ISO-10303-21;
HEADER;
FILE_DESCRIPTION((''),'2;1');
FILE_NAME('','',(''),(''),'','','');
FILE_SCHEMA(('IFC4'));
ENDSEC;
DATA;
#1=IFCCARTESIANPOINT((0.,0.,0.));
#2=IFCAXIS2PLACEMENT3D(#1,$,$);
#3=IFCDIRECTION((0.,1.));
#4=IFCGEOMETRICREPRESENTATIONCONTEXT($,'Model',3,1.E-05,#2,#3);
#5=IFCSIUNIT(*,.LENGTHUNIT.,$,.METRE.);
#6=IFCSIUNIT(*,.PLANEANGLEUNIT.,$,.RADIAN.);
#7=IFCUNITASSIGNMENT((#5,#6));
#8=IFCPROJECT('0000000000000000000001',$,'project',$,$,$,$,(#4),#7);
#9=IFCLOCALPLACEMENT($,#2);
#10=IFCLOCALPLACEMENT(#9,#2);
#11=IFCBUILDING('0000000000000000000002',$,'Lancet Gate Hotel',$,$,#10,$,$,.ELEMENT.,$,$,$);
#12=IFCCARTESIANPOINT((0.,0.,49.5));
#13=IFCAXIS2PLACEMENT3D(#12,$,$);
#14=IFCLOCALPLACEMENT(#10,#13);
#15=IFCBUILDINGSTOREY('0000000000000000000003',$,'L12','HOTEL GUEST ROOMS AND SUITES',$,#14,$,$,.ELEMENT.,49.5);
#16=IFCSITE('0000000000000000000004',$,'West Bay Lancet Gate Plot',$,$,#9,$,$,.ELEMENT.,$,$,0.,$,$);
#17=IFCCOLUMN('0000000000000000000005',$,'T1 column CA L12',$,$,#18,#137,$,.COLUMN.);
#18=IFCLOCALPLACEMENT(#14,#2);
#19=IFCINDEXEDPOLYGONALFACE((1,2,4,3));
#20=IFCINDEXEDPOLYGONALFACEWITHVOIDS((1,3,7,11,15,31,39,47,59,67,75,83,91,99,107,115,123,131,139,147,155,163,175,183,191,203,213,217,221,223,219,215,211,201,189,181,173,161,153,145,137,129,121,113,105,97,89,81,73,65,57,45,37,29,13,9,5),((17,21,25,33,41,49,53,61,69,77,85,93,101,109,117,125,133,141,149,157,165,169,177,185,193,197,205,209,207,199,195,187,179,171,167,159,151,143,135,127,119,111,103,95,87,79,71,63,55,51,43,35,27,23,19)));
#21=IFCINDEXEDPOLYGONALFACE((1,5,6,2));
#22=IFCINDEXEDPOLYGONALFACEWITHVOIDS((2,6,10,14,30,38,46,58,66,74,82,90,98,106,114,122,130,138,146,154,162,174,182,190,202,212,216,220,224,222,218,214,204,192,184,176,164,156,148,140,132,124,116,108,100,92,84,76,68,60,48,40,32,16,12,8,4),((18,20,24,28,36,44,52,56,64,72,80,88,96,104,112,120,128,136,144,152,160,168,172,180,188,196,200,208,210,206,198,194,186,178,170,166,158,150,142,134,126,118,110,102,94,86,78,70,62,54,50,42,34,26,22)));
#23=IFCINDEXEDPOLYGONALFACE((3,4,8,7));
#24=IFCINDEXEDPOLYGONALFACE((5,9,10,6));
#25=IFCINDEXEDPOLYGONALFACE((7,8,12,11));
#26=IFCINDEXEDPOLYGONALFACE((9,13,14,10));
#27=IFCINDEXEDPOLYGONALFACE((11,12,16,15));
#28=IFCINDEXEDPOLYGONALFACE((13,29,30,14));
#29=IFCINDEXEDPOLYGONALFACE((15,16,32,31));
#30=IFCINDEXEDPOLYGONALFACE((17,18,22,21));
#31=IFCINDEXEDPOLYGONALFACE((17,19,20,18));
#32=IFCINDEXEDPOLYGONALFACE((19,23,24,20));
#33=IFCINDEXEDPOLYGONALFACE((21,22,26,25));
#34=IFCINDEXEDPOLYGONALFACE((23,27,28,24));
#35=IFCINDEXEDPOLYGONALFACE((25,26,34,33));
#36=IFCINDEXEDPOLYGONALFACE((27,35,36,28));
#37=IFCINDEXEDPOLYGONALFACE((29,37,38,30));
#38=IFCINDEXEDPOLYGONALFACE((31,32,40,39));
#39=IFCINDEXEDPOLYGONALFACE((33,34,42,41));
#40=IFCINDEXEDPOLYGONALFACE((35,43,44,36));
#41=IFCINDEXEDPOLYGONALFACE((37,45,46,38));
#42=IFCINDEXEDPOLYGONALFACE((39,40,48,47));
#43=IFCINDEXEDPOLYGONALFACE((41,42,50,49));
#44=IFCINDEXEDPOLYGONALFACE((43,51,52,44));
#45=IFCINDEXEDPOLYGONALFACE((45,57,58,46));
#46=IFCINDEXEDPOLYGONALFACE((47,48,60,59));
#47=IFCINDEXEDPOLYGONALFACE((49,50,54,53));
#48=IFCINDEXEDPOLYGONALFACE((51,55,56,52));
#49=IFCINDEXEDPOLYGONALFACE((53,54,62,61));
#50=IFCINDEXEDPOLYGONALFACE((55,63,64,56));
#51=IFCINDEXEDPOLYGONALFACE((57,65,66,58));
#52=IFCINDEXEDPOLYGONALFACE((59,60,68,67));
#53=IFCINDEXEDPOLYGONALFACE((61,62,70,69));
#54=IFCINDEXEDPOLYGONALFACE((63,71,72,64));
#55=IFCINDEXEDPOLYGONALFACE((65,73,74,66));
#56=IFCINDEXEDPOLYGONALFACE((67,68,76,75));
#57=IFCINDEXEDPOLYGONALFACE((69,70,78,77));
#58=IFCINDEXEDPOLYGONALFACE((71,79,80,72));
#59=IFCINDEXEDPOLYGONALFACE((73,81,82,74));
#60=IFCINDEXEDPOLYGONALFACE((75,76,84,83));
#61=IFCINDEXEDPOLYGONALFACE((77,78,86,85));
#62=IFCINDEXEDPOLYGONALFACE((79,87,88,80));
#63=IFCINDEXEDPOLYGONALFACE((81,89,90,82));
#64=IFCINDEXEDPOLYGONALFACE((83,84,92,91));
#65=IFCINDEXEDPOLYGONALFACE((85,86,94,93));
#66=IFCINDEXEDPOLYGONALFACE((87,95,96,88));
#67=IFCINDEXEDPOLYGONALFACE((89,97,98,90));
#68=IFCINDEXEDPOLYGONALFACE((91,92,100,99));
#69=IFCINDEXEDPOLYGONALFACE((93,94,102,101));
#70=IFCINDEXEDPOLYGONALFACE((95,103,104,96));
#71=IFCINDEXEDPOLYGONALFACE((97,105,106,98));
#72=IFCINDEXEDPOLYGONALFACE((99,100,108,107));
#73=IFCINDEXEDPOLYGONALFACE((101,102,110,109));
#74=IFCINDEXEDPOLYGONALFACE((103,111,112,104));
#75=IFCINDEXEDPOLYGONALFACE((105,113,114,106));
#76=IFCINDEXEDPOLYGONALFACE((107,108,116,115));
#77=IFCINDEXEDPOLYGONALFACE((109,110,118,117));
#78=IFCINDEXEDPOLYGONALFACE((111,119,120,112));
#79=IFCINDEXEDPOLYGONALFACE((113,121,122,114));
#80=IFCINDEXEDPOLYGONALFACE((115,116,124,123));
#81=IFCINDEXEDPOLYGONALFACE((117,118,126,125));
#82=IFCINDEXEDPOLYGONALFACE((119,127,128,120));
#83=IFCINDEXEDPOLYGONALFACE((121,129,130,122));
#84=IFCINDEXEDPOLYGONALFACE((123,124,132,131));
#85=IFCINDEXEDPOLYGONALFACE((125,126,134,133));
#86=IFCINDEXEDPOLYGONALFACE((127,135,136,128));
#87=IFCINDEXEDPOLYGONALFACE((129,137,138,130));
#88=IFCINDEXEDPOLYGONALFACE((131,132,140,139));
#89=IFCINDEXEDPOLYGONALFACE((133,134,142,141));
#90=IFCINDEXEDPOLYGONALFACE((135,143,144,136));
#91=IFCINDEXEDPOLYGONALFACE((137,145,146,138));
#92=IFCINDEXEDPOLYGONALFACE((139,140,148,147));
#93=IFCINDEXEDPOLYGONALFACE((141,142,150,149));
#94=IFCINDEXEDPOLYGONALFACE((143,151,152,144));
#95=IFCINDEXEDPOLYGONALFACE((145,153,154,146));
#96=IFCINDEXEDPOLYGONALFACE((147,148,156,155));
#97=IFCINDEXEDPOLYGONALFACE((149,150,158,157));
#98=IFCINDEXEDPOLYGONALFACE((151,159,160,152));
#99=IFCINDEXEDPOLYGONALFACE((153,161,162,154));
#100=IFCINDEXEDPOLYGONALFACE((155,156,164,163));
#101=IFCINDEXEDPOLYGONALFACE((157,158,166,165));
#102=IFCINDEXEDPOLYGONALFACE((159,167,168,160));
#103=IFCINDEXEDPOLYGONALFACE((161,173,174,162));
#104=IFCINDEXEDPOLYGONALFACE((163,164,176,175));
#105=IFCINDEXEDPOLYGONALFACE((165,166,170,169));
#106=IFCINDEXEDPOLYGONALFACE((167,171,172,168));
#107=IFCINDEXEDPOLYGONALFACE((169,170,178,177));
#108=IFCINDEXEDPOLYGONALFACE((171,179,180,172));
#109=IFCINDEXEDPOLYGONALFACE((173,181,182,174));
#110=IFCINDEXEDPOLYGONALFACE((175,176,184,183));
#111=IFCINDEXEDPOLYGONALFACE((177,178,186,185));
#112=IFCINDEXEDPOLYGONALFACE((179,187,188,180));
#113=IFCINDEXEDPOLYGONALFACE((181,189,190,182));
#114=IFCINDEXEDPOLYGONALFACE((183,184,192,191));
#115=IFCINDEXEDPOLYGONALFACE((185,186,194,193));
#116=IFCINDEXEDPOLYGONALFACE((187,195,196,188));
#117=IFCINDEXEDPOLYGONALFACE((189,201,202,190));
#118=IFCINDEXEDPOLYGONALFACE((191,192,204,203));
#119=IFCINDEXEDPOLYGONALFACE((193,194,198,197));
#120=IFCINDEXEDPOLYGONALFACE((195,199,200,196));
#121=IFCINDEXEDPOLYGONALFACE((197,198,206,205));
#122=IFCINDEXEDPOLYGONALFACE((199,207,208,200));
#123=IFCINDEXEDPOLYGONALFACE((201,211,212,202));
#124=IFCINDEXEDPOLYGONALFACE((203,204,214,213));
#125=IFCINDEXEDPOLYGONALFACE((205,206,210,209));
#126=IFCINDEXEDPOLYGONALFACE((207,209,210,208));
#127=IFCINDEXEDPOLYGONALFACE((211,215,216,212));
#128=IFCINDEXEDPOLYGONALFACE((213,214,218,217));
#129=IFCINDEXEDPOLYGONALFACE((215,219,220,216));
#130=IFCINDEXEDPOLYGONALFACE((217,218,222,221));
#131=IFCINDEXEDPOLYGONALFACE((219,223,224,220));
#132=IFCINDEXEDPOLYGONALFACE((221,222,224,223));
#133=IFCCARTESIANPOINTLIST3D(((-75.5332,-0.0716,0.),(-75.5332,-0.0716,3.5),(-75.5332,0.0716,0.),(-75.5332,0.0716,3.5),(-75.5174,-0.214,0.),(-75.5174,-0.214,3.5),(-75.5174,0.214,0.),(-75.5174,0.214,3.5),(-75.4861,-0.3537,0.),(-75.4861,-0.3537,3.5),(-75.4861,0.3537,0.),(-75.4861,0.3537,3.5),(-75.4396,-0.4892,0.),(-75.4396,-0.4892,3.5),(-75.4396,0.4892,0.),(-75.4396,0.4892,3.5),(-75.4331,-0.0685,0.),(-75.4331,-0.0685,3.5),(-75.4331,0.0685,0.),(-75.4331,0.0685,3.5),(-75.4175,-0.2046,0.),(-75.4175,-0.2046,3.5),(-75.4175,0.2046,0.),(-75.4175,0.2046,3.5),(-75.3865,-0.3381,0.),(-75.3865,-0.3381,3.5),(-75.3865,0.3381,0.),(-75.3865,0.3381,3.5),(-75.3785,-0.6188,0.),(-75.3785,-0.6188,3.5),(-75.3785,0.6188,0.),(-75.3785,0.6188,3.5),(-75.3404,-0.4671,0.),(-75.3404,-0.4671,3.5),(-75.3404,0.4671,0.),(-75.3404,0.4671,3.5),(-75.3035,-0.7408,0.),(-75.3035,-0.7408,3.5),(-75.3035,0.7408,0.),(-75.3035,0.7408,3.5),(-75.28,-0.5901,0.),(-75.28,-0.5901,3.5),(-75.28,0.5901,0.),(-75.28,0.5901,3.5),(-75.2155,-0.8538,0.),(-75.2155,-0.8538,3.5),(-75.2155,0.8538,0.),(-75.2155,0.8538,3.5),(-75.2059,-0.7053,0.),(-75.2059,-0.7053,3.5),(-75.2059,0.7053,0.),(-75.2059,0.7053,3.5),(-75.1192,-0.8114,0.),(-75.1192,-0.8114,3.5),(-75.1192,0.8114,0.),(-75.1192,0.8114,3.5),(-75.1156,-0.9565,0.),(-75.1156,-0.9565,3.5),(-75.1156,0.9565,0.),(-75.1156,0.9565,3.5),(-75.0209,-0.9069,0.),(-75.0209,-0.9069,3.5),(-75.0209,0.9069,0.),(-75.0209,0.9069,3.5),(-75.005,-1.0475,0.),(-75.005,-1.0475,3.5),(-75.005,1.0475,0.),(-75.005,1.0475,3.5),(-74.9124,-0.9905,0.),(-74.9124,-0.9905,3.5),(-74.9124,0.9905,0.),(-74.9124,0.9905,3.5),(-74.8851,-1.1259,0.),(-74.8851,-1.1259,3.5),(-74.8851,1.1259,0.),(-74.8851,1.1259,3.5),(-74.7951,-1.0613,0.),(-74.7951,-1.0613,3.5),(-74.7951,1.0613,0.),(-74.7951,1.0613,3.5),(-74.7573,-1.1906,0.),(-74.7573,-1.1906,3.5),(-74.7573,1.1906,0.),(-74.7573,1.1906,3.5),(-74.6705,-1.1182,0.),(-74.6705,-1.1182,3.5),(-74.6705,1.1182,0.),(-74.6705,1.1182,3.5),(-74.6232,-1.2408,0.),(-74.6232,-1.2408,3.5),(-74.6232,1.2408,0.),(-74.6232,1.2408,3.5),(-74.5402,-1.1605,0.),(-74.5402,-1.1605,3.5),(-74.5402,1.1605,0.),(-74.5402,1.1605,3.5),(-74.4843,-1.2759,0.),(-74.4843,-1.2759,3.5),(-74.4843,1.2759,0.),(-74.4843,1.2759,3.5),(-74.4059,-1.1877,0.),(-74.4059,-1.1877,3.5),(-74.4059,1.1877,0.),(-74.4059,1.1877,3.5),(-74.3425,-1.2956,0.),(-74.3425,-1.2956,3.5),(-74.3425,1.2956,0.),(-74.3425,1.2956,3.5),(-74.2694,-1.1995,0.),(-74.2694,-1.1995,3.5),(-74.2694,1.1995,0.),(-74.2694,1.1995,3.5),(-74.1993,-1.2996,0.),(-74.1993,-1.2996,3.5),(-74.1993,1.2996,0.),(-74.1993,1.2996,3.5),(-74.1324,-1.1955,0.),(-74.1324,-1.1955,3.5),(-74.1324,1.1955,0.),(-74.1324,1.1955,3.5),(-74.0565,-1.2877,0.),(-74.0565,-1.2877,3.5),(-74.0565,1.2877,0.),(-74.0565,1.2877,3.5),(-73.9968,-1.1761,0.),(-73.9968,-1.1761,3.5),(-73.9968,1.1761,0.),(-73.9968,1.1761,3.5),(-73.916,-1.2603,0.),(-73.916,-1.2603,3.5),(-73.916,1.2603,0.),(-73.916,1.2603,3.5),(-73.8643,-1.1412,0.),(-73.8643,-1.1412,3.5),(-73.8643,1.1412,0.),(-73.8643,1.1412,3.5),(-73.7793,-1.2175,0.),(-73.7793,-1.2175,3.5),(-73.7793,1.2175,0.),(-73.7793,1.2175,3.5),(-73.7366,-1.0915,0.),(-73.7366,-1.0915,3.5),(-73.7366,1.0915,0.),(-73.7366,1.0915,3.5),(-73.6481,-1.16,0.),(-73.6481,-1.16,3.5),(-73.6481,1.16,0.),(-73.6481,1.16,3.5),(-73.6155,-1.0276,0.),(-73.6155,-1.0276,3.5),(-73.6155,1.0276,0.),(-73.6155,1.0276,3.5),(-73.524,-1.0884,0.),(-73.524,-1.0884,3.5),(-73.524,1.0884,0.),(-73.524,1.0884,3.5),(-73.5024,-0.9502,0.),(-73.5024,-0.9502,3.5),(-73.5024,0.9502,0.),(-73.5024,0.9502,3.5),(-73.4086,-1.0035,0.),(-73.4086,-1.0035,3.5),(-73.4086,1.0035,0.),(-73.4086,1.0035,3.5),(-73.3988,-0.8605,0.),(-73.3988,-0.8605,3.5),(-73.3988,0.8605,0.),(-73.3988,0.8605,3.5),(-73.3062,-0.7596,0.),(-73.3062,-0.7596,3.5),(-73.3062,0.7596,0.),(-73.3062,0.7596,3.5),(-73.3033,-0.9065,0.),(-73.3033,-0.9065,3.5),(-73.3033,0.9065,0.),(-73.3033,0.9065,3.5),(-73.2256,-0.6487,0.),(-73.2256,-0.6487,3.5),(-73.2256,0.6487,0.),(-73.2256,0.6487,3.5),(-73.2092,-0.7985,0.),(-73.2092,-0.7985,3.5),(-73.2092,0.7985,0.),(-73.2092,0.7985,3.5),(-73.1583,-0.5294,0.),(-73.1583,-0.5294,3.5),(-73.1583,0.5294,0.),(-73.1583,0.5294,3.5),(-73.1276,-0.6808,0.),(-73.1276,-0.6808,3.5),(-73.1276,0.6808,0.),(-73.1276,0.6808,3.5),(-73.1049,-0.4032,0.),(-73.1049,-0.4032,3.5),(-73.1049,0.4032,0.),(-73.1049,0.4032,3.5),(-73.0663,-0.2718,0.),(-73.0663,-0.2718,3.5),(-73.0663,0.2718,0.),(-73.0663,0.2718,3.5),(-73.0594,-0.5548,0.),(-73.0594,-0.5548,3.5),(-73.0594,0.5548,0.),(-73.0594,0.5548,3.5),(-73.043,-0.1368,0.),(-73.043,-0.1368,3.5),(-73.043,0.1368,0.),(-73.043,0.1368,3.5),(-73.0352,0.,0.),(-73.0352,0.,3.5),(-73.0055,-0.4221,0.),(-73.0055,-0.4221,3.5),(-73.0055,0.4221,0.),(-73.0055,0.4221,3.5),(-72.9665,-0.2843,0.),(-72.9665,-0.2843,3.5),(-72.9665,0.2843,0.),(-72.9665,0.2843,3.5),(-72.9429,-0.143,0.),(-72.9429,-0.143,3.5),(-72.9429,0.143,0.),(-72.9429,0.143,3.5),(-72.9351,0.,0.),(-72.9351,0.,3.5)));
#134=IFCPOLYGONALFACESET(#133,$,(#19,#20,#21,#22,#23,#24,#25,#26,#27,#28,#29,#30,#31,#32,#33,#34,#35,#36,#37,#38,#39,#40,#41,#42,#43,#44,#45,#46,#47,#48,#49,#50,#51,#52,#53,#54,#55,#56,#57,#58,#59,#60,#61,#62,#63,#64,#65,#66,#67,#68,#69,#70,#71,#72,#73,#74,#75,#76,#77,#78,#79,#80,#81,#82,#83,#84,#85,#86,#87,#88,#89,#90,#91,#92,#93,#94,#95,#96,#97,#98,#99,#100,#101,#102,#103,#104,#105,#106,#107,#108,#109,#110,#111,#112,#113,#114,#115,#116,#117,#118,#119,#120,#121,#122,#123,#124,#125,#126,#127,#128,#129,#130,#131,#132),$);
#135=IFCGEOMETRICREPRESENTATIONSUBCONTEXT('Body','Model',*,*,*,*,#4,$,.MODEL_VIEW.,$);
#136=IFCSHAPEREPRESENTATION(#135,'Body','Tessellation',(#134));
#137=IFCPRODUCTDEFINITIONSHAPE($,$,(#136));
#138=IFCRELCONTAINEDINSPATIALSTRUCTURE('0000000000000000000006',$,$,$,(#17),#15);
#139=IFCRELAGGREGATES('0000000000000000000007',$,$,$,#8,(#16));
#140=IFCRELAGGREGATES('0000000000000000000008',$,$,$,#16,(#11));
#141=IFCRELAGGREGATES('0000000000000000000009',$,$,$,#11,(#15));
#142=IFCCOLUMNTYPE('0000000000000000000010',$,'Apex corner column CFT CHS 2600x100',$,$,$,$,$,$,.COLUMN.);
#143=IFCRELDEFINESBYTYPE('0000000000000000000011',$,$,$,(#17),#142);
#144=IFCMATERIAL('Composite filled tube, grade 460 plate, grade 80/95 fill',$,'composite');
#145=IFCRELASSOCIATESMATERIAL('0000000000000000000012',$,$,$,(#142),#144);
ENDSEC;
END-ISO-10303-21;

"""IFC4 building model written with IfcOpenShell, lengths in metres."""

from ifc_helpers import new_model, si_unit, direction, frame, origin, origin_2d, place, context, subcontext, project, spatial, hollow_circle, extrude, material, material_profile, profile_set, type_object, element, save


model = new_model("IFC4")

# Units and contexts
model_context = context("Model", 3, precision=1e-05, world=origin(), true_north=direction((0.0, 1.0)))
body_context = subcontext(model_context, "Body", "Model", "MODEL_VIEW")
ifc_project = project(units=[si_unit("LENGTHUNIT", "METRE"), si_unit("PLANEANGLEUNIT", "RADIAN")], contexts=[model_context])

# Site, building, storey
site_placement = place(None, origin())
site = spatial("IfcSite", under=ifc_project, at=site_placement, Name="West Bay Lancet Gate Plot", CompositionType="ELEMENT", RefElevation=0.0)
building_placement = place(site_placement, origin())
building = spatial("IfcBuilding", under=site, at=building_placement, Name="Lancet Gate Hotel", CompositionType="ELEMENT")
storey_placement = place(building_placement, frame((0.0, 0.0, 49.5)))
storey = spatial("IfcBuildingStorey", under=building, at=storey_placement, Name="L12", Description="HOTEL GUEST ROOMS AND SUITES", CompositionType="ELEMENT", Elevation=49.5)

# Column
ifc_material_1 = material(Name="Composite filled tube, grade 460 plate, grade 80/95 fill", Category="composite")
ifc_material_profile_1 = material_profile(ifc_material_1, hollow_circle(Radius=1.3, WallThickness=0.1001, at=origin_2d()), Name="CHS 2600x100")
ifc_profile_set_1 = profile_set([ifc_material_profile_1], Name="Composite filled tube, grade 460 plate, grade 80/95 fill")
column_type_1 = type_object("IfcColumnType", Name="Apex corner column CFT CHS 2600x100", PredefinedType="COLUMN", material=ifc_profile_set_1)
column_1_placement = place(storey_placement, frame((-74.2351, 0.0, 0.0), z_axis=(0.0, 0.0, 1.0), x_axis=(1.0, 0.0, 0.0)))
element("IfcColumn", 1, at=column_1_placement, inside=storey, type_object=column_type_1, Name="T1 column CA L12", PredefinedType="COLUMN", context=body_context, shape_type="SweptSolid", body=[
    extrude(hollow_circle(Radius=1.3, WallThickness=0.1001, at=origin_2d()), origin(), (0.0, 0.0, 1.0), 3.5),
])

save(model, "model.ifc")
